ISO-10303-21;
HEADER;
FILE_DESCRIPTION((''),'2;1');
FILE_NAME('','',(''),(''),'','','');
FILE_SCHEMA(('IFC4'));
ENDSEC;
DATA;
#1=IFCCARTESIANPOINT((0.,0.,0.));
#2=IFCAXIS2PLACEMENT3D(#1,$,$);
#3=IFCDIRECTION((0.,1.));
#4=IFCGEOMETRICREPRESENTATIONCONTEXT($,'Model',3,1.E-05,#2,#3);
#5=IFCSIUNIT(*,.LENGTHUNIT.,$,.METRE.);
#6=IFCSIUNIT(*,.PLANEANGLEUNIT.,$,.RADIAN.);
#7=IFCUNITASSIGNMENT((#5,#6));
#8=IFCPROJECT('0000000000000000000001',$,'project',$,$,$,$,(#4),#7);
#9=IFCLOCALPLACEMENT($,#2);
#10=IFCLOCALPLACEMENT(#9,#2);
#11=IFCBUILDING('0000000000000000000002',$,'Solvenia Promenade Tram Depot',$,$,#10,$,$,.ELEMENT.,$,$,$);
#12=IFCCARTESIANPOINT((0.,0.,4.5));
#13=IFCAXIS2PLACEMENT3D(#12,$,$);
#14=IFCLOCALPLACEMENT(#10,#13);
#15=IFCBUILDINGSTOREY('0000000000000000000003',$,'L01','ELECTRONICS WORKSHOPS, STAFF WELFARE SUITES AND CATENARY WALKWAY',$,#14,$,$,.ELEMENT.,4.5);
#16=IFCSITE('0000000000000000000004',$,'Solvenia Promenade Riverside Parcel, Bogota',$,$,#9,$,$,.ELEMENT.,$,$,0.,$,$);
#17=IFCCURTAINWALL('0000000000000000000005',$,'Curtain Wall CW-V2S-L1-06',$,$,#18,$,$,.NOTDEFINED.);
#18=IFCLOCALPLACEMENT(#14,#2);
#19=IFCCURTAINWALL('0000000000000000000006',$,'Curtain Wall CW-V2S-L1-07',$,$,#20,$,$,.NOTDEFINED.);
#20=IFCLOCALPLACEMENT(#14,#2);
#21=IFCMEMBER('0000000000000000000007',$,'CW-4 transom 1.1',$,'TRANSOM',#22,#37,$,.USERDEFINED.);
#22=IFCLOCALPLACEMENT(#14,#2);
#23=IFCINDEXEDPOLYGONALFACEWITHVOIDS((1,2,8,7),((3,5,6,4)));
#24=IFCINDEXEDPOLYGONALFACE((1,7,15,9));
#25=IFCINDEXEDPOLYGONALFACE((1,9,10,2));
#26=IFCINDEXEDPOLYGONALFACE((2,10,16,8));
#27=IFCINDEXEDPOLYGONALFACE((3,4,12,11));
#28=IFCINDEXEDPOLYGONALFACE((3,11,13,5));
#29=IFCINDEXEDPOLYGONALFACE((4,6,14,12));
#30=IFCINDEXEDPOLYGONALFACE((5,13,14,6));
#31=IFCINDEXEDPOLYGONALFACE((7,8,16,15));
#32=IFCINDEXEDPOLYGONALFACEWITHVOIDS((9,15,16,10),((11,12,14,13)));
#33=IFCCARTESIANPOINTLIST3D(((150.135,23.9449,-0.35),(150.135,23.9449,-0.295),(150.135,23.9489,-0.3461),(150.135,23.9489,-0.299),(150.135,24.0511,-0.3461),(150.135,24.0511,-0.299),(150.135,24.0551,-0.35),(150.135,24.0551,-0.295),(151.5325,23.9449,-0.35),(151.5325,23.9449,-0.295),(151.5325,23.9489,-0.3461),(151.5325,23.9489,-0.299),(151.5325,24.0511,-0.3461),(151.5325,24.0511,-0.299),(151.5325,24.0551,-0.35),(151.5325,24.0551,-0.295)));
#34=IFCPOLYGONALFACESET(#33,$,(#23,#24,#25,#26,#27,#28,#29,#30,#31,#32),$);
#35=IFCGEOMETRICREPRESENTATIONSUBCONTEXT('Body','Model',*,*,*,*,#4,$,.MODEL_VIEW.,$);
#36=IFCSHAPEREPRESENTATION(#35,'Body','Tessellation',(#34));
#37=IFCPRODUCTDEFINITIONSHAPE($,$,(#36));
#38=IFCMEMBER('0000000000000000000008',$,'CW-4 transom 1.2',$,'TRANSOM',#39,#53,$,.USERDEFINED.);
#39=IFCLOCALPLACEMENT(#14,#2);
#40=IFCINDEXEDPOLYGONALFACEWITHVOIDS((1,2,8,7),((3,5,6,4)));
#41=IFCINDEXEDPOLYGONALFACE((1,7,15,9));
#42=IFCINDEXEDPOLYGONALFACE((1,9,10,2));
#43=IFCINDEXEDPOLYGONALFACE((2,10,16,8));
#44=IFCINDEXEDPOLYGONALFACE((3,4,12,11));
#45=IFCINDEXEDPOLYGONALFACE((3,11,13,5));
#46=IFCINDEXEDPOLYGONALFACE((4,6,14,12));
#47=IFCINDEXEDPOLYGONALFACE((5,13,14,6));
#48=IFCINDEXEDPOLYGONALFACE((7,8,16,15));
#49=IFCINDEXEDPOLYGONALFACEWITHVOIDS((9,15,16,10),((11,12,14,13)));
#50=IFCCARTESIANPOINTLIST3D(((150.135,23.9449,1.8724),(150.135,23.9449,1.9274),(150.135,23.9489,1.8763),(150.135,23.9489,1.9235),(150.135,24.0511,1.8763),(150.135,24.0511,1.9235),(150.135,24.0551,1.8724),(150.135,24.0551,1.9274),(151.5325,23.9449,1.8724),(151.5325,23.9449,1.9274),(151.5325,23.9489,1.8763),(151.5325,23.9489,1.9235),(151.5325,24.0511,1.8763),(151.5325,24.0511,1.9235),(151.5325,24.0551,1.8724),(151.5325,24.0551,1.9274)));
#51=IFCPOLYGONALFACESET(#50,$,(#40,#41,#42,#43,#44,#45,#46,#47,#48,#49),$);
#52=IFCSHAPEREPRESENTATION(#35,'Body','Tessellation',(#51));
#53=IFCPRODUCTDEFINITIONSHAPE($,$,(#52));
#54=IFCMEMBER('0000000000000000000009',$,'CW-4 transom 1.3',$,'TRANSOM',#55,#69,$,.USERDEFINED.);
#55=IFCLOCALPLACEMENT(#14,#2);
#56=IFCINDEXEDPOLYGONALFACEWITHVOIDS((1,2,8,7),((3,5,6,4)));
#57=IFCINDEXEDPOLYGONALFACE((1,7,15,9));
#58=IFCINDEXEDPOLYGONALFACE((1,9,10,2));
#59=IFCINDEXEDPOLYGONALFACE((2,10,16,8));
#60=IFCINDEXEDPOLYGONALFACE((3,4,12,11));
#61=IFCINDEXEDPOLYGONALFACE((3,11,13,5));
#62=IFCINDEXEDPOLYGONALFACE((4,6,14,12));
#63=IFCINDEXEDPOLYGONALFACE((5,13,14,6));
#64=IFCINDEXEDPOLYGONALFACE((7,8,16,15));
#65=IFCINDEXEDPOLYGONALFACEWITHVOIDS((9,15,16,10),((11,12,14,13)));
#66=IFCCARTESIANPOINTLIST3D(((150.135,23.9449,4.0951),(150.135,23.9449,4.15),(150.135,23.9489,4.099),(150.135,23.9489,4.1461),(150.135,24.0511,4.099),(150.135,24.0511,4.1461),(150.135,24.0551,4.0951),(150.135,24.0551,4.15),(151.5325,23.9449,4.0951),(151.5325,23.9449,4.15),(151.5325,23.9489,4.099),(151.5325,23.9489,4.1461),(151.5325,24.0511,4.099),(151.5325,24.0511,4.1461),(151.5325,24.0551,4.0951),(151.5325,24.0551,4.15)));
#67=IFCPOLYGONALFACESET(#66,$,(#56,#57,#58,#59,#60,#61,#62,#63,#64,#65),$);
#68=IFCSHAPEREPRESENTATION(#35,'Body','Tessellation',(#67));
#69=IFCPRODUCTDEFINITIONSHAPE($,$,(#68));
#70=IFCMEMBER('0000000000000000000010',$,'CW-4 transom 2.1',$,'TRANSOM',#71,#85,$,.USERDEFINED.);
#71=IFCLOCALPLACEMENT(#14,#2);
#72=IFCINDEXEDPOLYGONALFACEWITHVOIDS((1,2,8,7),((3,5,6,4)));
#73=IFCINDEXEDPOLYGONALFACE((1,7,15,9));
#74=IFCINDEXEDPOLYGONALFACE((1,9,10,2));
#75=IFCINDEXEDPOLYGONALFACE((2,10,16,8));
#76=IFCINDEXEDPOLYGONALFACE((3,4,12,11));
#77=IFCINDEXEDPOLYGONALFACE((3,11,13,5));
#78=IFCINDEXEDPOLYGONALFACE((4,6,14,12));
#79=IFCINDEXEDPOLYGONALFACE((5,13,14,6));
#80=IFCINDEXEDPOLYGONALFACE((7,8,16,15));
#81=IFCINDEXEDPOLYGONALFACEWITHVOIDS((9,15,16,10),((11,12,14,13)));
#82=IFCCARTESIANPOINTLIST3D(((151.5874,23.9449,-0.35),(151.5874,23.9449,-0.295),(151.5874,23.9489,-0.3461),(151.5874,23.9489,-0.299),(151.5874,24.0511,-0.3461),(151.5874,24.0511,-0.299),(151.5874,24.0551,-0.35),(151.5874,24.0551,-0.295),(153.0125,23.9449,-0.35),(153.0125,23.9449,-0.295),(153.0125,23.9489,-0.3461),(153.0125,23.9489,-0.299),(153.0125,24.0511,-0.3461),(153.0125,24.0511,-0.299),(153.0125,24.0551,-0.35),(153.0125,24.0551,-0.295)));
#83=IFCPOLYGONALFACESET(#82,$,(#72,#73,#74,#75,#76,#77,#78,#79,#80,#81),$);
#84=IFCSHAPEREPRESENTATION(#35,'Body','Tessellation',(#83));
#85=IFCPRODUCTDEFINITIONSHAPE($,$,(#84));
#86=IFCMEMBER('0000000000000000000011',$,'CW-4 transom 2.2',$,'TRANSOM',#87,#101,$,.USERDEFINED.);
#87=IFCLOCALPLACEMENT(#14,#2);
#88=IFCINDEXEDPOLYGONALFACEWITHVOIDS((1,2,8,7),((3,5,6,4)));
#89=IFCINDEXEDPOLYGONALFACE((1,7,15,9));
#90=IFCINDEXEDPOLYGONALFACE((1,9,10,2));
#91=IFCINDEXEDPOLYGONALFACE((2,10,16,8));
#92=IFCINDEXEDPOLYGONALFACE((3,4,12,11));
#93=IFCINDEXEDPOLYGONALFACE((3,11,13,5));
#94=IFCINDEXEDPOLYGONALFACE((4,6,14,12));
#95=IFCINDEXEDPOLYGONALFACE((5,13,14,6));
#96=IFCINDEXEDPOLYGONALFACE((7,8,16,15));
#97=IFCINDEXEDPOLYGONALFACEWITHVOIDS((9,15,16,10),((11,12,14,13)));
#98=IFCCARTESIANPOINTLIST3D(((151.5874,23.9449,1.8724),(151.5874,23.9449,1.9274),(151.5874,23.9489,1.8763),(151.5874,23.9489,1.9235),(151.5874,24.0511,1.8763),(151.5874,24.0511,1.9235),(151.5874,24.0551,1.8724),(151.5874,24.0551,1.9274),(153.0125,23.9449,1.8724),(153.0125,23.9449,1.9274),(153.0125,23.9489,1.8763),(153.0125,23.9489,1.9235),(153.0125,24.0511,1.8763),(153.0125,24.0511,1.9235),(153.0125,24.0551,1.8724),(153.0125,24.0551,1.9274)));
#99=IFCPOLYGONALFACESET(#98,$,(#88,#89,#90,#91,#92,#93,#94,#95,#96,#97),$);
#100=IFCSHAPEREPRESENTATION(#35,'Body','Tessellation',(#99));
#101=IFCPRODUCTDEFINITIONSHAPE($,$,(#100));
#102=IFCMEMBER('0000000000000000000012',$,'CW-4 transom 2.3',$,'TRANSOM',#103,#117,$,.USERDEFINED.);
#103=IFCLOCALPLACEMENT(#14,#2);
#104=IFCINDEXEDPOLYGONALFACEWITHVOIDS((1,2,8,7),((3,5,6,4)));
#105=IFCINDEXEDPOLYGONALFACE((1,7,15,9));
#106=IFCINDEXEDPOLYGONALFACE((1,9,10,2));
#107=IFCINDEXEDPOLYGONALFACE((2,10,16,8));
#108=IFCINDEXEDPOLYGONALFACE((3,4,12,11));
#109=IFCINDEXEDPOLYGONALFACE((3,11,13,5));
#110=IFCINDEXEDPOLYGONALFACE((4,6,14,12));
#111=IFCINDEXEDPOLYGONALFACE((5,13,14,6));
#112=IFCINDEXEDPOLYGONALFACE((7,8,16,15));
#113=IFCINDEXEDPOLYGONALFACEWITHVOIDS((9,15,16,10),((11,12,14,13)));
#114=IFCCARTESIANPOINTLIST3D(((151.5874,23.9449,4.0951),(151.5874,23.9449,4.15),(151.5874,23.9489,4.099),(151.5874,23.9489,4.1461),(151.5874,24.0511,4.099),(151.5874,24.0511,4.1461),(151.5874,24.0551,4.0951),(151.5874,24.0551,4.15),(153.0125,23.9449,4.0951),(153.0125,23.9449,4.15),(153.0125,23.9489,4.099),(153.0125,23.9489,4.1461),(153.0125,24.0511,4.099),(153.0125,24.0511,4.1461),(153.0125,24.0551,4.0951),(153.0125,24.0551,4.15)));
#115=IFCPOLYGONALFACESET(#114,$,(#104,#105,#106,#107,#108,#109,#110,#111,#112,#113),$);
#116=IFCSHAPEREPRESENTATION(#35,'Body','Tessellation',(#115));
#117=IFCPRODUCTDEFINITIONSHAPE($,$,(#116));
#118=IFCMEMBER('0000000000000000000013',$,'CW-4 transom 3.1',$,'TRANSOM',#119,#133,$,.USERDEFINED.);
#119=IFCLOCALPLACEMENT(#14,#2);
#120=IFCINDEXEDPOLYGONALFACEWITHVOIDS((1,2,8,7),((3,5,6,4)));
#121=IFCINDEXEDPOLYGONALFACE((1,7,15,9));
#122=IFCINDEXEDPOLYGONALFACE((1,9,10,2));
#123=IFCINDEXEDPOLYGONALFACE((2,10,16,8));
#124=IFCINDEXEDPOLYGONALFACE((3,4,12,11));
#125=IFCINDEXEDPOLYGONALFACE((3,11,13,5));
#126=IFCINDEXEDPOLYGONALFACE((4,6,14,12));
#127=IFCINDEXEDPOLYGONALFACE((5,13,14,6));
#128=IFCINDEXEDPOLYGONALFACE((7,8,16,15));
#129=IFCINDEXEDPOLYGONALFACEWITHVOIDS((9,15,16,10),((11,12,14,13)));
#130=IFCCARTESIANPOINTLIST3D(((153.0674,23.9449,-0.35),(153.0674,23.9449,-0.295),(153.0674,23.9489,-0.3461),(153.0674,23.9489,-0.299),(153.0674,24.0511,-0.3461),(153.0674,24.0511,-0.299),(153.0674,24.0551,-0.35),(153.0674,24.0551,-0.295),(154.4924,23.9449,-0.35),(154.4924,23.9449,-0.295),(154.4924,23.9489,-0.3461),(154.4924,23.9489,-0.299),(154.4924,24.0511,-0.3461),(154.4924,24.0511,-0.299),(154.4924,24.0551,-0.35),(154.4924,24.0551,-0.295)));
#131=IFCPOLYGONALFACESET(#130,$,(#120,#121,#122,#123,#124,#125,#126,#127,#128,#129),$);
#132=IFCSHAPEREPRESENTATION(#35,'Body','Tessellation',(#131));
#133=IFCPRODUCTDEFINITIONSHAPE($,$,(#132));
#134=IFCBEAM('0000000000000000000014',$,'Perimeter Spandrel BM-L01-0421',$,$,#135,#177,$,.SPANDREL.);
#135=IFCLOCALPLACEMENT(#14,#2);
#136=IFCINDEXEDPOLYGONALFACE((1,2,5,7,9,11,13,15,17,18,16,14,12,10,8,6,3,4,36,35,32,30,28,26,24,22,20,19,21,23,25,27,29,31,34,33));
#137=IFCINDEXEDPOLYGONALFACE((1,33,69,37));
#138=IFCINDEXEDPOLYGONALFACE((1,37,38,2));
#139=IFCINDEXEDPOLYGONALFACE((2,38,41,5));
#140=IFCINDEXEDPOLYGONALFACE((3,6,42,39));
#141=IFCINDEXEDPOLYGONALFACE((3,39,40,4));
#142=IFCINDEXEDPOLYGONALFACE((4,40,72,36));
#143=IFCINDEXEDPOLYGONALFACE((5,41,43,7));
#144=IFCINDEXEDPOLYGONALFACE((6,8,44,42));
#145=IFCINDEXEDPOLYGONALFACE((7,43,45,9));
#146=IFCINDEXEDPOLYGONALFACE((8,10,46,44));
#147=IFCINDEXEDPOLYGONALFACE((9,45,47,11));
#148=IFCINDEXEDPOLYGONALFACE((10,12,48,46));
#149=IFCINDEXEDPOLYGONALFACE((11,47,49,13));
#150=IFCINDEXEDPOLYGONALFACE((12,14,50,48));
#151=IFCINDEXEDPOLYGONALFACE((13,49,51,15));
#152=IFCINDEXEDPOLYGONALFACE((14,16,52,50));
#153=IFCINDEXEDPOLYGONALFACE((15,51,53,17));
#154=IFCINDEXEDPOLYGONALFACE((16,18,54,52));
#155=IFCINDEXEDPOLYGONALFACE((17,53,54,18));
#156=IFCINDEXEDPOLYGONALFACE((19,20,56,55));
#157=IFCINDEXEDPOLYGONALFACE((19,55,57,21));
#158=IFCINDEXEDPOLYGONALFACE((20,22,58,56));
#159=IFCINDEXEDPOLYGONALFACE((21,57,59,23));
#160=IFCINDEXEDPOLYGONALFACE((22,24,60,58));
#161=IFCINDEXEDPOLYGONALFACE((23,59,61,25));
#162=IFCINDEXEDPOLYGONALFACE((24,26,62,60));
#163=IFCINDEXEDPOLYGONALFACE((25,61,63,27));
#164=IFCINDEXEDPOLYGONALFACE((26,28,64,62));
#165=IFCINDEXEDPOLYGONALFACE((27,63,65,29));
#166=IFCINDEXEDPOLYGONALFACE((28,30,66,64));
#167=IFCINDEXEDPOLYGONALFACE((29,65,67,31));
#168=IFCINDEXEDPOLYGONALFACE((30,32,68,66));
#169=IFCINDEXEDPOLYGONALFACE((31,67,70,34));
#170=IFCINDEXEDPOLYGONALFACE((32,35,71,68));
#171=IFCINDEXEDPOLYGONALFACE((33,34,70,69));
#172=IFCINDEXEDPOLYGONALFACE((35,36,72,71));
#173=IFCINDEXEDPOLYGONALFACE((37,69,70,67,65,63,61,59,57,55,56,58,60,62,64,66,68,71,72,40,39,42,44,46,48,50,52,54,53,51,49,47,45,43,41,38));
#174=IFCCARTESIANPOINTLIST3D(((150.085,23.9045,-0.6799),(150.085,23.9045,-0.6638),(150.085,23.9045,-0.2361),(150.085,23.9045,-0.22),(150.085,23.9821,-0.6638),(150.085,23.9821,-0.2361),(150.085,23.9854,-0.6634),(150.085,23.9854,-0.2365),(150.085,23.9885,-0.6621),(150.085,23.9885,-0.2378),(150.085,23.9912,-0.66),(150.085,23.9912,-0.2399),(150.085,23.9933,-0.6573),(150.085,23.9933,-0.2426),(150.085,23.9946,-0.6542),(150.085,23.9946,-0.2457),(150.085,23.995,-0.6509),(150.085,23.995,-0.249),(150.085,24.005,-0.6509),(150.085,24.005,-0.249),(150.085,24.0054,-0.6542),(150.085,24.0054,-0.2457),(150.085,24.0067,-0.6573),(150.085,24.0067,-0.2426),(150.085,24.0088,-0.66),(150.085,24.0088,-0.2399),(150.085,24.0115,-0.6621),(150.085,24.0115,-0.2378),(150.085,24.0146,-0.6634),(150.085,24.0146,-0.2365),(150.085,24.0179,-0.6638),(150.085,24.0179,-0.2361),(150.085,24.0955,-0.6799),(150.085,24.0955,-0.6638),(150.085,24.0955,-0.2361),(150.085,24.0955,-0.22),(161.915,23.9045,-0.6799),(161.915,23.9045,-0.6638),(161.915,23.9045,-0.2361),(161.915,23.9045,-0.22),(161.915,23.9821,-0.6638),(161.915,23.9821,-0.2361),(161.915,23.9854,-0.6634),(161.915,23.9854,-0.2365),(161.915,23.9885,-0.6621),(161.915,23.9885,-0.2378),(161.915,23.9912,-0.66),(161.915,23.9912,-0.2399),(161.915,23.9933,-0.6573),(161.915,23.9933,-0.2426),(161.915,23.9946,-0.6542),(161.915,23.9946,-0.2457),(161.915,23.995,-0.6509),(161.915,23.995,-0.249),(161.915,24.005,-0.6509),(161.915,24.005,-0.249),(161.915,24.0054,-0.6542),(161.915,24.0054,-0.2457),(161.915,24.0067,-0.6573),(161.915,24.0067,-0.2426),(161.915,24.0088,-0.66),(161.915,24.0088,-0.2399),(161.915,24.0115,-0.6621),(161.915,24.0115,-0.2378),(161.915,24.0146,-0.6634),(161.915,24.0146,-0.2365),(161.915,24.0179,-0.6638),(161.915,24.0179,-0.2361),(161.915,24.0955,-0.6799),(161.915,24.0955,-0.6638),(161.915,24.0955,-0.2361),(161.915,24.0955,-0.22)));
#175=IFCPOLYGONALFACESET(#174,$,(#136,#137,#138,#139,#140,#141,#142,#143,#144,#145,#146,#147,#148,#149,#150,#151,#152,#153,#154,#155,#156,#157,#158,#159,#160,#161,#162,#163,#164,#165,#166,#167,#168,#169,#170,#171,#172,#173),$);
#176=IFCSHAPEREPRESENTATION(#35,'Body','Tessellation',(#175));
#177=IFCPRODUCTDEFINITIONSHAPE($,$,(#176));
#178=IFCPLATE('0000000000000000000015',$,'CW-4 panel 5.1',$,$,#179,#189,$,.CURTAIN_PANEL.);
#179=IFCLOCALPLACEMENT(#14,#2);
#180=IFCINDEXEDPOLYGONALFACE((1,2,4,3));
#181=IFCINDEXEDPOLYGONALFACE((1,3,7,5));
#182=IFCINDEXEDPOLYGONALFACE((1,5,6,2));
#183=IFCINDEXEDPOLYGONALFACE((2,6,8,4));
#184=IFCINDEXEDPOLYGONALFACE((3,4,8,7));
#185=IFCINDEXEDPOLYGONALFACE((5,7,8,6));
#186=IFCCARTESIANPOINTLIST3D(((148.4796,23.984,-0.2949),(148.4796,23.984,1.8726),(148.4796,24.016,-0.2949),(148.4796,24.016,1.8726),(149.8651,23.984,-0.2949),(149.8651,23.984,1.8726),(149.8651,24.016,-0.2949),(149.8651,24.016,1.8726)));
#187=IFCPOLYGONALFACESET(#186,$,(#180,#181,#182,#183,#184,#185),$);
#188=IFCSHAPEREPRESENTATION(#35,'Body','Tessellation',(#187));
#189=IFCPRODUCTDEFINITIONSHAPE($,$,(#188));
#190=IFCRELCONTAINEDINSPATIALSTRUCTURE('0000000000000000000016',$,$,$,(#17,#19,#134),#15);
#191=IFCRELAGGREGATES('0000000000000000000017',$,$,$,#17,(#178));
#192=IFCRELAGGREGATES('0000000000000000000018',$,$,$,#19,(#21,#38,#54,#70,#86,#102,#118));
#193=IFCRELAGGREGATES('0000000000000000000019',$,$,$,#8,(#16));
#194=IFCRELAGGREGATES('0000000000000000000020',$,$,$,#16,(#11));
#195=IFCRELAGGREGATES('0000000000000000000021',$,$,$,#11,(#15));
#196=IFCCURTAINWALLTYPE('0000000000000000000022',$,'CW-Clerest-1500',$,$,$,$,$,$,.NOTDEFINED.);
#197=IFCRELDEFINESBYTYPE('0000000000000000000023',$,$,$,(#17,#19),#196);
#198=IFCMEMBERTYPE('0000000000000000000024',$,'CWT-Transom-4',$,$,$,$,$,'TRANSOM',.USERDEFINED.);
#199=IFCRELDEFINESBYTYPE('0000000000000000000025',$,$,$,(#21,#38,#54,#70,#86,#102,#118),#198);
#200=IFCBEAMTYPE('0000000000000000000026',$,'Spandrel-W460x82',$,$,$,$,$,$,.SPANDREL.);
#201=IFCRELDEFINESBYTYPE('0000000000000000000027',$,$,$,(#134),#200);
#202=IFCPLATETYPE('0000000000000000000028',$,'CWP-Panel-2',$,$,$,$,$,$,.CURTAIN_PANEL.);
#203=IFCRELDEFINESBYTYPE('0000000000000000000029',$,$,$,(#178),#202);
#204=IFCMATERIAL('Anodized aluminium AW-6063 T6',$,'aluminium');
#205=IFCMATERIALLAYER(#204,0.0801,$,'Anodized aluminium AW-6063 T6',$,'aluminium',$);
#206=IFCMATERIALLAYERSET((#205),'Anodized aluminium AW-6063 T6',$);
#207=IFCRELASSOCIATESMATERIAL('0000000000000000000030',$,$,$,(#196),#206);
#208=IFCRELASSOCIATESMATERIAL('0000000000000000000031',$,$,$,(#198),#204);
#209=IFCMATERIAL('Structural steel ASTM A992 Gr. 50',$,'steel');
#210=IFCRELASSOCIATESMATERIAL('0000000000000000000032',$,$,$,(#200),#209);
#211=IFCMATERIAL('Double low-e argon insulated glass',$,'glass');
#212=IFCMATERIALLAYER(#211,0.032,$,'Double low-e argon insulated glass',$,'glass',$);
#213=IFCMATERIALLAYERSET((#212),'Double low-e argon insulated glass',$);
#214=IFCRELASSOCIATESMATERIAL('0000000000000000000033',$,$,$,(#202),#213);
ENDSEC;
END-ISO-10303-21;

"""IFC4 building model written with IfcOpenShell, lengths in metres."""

from ifc_helpers import new_model, si_unit, direction, frame, origin, origin_2d, place, context, subcontext, project, spatial, rectangle, hollow_rectangle, i_section, extrude, material, layer, layer_set, material_profile, profile_set, type_object, element, aggregate, save


model = new_model("IFC4")

# Units and contexts
model_context = context("Model", 3, precision=1e-05, world=origin(), true_north=direction((0.0, 1.0)))
body_context = subcontext(model_context, "Body", "Model", "MODEL_VIEW")
ifc_project = project(units=[si_unit("LENGTHUNIT", "METRE"), si_unit("PLANEANGLEUNIT", "RADIAN")], contexts=[model_context])

# Site, building, storey
site_placement = place(None, origin())
site = spatial("IfcSite", under=ifc_project, at=site_placement, Name="Solvenia Promenade Riverside Parcel, Bogota", CompositionType="ELEMENT", RefElevation=0.0)
building_placement = place(site_placement, origin())
building = spatial("IfcBuilding", under=site, at=building_placement, Name="Solvenia Promenade Tram Depot", CompositionType="ELEMENT")
storey_placement = place(building_placement, frame((0.0, 0.0, 4.5)))
storey = spatial("IfcBuildingStorey", under=building, at=storey_placement, Name="L01", Description="ELECTRONICS WORKSHOPS, STAFF WELFARE SUITES AND CATENARY WALKWAY", CompositionType="ELEMENT", Elevation=4.5)

# Shared definitions
ifc_material_1 = material(Name="Structural steel ASTM A992 Gr. 50", Category="steel")

# Curtain walls
ifc_material_2 = material(Name="Anodized aluminium AW-6063 T6", Category="aluminium")
ifc_layer_1 = layer(ifc_material_2, 0.0801, Name="Anodized aluminium AW-6063 T6", Category="aluminium")
ifc_layer_set_1 = layer_set([ifc_layer_1], Name="Anodized aluminium AW-6063 T6")
curtain_wall_type = type_object("IfcCurtainWallType", Name="CW-Clerest-1500", PredefinedType="NOTDEFINED", material=ifc_layer_set_1)
curtain_wall_1_placement = place(storey_placement, origin())
curtain_wall_1 = element("IfcCurtainWall", 1, at=curtain_wall_1_placement, inside=storey, type_object=curtain_wall_type, Name="Curtain Wall CW-V2S-L1-06", PredefinedType="NOTDEFINED")
curtain_wall_2_placement = place(storey_placement, origin())
curtain_wall_2 = element("IfcCurtainWall", 2, at=curtain_wall_2_placement, inside=storey, type_object=curtain_wall_type, Name="Curtain Wall CW-V2S-L1-07", PredefinedType="NOTDEFINED")

# Members
ifc_material_profile_1 = material_profile(ifc_material_2, hollow_rectangle(XDim=0.1101, YDim=0.0549, WallThickness=0.0039, at=origin_2d()), Name="ALU-T4", Category="aluminium")
ifc_profile_set_1 = profile_set([ifc_material_profile_1], Name="Anodized aluminium AW-6063 T6")
member_type_1 = type_object("IfcMemberType", Name="CWT-Transom-4", ElementType="TRANSOM", PredefinedType="USERDEFINED", material=ifc_profile_set_1)
member_1_placement = place(storey_placement, frame((150.135, 24.0, -0.3225), z_axis=(1.0, 0.0, 0.0), x_axis=(0.0, 1.0, 0.0)))
member_1 = element("IfcMember", 3, at=member_1_placement, type_object=member_type_1, Name="CW-4 transom 1.1", ObjectType="TRANSOM", PredefinedType="USERDEFINED", context=body_context, shape_type="SweptSolid", body=[
    extrude(hollow_rectangle(XDim=0.1101, YDim=0.0549, WallThickness=0.0039, at=origin_2d()), origin(), (0.0, 0.0, 1.0), 1.3975),
])
member_2_placement = place(storey_placement, frame((150.135, 24.0, 1.8999), z_axis=(1.0, 0.0, 0.0), x_axis=(0.0, 1.0, 0.0)))
member_2 = element("IfcMember", 4, at=member_2_placement, type_object=member_type_1, Name="CW-4 transom 1.2", ObjectType="TRANSOM", PredefinedType="USERDEFINED", context=body_context, shape_type="SweptSolid", body=[
    extrude(hollow_rectangle(XDim=0.1101, YDim=0.0549, WallThickness=0.0039, at=origin_2d()), origin(), (0.0, 0.0, 1.0), 1.3975),
])
member_3_placement = place(storey_placement, frame((150.135, 24.0, 4.1226), z_axis=(1.0, 0.0, 0.0), x_axis=(0.0, 1.0, 0.0)))
member_3 = element("IfcMember", 5, at=member_3_placement, type_object=member_type_1, Name="CW-4 transom 1.3", ObjectType="TRANSOM", PredefinedType="USERDEFINED", context=body_context, shape_type="SweptSolid", body=[
    extrude(hollow_rectangle(XDim=0.1101, YDim=0.0549, WallThickness=0.0039, at=origin_2d()), origin(), (0.0, 0.0, 1.0), 1.3975),
])
member_4_placement = place(storey_placement, frame((151.5874, 24.0, -0.3225), z_axis=(1.0, 0.0, 0.0), x_axis=(0.0, 1.0, 0.0)))
member_4 = element("IfcMember", 6, at=member_4_placement, type_object=member_type_1, Name="CW-4 transom 2.1", ObjectType="TRANSOM", PredefinedType="USERDEFINED", context=body_context, shape_type="SweptSolid", body=[
    extrude(hollow_rectangle(XDim=0.1101, YDim=0.0549, WallThickness=0.0039, at=origin_2d()), origin(), (0.0, 0.0, 1.0), 1.425),
])
member_5_placement = place(storey_placement, frame((151.5874, 24.0, 1.8999), z_axis=(1.0, 0.0, 0.0), x_axis=(0.0, 1.0, 0.0)))
member_5 = element("IfcMember", 7, at=member_5_placement, type_object=member_type_1, Name="CW-4 transom 2.2", ObjectType="TRANSOM", PredefinedType="USERDEFINED", context=body_context, shape_type="SweptSolid", body=[
    extrude(hollow_rectangle(XDim=0.1101, YDim=0.0549, WallThickness=0.0039, at=origin_2d()), origin(), (0.0, 0.0, 1.0), 1.425),
])
member_6_placement = place(storey_placement, frame((151.5874, 24.0, 4.1226), z_axis=(1.0, 0.0, 0.0), x_axis=(0.0, 1.0, 0.0)))
member_6 = element("IfcMember", 8, at=member_6_placement, type_object=member_type_1, Name="CW-4 transom 2.3", ObjectType="TRANSOM", PredefinedType="USERDEFINED", context=body_context, shape_type="SweptSolid", body=[
    extrude(hollow_rectangle(XDim=0.1101, YDim=0.0549, WallThickness=0.0039, at=origin_2d()), origin(), (0.0, 0.0, 1.0), 1.425),
])
member_7_placement = place(storey_placement, frame((153.0674, 24.0, -0.3225), z_axis=(1.0, 0.0, 0.0), x_axis=(0.0, 1.0, 0.0)))
member_7 = element("IfcMember", 9, at=member_7_placement, type_object=member_type_1, Name="CW-4 transom 3.1", ObjectType="TRANSOM", PredefinedType="USERDEFINED", context=body_context, shape_type="SweptSolid", body=[
    extrude(hollow_rectangle(XDim=0.1101, YDim=0.0549, WallThickness=0.0039, at=origin_2d()), origin(), (0.0, 0.0, 1.0), 1.425),
])

# Beam
ifc_material_profile_2 = material_profile(ifc_material_1, i_section(OverallWidth=0.1909, OverallDepth=0.46, WebThickness=0.01, FlangeThickness=0.0161, FilletRadius=0.0129, at=origin_2d()), Name="W460x82", Category="steel")
ifc_profile_set_2 = profile_set([ifc_material_profile_2], Name="Structural steel ASTM A992 Gr. 50")
beam_type = type_object("IfcBeamType", Name="Spandrel-W460x82", PredefinedType="SPANDREL", material=ifc_profile_set_2)
beam_placement = place(storey_placement, frame((150.085, 24.0, -0.45), z_axis=(1.0, 0.0, 0.0), x_axis=(0.0, 1.0, 0.0)))
element("IfcBeam", 10, at=beam_placement, inside=storey, type_object=beam_type, Name="Perimeter Spandrel BM-L01-0421", PredefinedType="SPANDREL", context=body_context, shape_type="SweptSolid", body=[
    extrude(i_section(OverallWidth=0.1909, OverallDepth=0.46, WebThickness=0.01, FlangeThickness=0.0161, FilletRadius=0.0129, at=origin_2d()), origin(), (0.0, 0.0, 1.0), 11.8301),
])

# Plate
ifc_material_3 = material(Name="Double low-e argon insulated glass", Category="glass")
ifc_layer_2 = layer(ifc_material_3, 0.032, Name="Double low-e argon insulated glass", Category="glass")
ifc_layer_set_2 = layer_set([ifc_layer_2], Name="Double low-e argon insulated glass")
plate_type = type_object("IfcPlateType", Name="CWP-Panel-2", PredefinedType="CURTAIN_PANEL", material=ifc_layer_set_2)
plate_1_placement = place(storey_placement, frame((149.1724, 24.0, -0.2949), z_axis=(0.0, 0.0, 1.0), x_axis=(1.0, 0.0, 0.0)))
plate_1 = element("IfcPlate", 11, at=plate_1_placement, type_object=plate_type, Name="CW-4 panel 5.1", PredefinedType="CURTAIN_PANEL", context=body_context, shape_type="SweptSolid", body=[
    extrude(rectangle(XDim=1.3855, YDim=0.032, at=origin_2d()), origin(), (0.0, 0.0, 1.0), 2.1675),
])
aggregate(curtain_wall_1, [plate_1])
aggregate(curtain_wall_2, [member_1, member_2, member_3, member_4, member_5, member_6, member_7])

save(model, "model.ifc")
